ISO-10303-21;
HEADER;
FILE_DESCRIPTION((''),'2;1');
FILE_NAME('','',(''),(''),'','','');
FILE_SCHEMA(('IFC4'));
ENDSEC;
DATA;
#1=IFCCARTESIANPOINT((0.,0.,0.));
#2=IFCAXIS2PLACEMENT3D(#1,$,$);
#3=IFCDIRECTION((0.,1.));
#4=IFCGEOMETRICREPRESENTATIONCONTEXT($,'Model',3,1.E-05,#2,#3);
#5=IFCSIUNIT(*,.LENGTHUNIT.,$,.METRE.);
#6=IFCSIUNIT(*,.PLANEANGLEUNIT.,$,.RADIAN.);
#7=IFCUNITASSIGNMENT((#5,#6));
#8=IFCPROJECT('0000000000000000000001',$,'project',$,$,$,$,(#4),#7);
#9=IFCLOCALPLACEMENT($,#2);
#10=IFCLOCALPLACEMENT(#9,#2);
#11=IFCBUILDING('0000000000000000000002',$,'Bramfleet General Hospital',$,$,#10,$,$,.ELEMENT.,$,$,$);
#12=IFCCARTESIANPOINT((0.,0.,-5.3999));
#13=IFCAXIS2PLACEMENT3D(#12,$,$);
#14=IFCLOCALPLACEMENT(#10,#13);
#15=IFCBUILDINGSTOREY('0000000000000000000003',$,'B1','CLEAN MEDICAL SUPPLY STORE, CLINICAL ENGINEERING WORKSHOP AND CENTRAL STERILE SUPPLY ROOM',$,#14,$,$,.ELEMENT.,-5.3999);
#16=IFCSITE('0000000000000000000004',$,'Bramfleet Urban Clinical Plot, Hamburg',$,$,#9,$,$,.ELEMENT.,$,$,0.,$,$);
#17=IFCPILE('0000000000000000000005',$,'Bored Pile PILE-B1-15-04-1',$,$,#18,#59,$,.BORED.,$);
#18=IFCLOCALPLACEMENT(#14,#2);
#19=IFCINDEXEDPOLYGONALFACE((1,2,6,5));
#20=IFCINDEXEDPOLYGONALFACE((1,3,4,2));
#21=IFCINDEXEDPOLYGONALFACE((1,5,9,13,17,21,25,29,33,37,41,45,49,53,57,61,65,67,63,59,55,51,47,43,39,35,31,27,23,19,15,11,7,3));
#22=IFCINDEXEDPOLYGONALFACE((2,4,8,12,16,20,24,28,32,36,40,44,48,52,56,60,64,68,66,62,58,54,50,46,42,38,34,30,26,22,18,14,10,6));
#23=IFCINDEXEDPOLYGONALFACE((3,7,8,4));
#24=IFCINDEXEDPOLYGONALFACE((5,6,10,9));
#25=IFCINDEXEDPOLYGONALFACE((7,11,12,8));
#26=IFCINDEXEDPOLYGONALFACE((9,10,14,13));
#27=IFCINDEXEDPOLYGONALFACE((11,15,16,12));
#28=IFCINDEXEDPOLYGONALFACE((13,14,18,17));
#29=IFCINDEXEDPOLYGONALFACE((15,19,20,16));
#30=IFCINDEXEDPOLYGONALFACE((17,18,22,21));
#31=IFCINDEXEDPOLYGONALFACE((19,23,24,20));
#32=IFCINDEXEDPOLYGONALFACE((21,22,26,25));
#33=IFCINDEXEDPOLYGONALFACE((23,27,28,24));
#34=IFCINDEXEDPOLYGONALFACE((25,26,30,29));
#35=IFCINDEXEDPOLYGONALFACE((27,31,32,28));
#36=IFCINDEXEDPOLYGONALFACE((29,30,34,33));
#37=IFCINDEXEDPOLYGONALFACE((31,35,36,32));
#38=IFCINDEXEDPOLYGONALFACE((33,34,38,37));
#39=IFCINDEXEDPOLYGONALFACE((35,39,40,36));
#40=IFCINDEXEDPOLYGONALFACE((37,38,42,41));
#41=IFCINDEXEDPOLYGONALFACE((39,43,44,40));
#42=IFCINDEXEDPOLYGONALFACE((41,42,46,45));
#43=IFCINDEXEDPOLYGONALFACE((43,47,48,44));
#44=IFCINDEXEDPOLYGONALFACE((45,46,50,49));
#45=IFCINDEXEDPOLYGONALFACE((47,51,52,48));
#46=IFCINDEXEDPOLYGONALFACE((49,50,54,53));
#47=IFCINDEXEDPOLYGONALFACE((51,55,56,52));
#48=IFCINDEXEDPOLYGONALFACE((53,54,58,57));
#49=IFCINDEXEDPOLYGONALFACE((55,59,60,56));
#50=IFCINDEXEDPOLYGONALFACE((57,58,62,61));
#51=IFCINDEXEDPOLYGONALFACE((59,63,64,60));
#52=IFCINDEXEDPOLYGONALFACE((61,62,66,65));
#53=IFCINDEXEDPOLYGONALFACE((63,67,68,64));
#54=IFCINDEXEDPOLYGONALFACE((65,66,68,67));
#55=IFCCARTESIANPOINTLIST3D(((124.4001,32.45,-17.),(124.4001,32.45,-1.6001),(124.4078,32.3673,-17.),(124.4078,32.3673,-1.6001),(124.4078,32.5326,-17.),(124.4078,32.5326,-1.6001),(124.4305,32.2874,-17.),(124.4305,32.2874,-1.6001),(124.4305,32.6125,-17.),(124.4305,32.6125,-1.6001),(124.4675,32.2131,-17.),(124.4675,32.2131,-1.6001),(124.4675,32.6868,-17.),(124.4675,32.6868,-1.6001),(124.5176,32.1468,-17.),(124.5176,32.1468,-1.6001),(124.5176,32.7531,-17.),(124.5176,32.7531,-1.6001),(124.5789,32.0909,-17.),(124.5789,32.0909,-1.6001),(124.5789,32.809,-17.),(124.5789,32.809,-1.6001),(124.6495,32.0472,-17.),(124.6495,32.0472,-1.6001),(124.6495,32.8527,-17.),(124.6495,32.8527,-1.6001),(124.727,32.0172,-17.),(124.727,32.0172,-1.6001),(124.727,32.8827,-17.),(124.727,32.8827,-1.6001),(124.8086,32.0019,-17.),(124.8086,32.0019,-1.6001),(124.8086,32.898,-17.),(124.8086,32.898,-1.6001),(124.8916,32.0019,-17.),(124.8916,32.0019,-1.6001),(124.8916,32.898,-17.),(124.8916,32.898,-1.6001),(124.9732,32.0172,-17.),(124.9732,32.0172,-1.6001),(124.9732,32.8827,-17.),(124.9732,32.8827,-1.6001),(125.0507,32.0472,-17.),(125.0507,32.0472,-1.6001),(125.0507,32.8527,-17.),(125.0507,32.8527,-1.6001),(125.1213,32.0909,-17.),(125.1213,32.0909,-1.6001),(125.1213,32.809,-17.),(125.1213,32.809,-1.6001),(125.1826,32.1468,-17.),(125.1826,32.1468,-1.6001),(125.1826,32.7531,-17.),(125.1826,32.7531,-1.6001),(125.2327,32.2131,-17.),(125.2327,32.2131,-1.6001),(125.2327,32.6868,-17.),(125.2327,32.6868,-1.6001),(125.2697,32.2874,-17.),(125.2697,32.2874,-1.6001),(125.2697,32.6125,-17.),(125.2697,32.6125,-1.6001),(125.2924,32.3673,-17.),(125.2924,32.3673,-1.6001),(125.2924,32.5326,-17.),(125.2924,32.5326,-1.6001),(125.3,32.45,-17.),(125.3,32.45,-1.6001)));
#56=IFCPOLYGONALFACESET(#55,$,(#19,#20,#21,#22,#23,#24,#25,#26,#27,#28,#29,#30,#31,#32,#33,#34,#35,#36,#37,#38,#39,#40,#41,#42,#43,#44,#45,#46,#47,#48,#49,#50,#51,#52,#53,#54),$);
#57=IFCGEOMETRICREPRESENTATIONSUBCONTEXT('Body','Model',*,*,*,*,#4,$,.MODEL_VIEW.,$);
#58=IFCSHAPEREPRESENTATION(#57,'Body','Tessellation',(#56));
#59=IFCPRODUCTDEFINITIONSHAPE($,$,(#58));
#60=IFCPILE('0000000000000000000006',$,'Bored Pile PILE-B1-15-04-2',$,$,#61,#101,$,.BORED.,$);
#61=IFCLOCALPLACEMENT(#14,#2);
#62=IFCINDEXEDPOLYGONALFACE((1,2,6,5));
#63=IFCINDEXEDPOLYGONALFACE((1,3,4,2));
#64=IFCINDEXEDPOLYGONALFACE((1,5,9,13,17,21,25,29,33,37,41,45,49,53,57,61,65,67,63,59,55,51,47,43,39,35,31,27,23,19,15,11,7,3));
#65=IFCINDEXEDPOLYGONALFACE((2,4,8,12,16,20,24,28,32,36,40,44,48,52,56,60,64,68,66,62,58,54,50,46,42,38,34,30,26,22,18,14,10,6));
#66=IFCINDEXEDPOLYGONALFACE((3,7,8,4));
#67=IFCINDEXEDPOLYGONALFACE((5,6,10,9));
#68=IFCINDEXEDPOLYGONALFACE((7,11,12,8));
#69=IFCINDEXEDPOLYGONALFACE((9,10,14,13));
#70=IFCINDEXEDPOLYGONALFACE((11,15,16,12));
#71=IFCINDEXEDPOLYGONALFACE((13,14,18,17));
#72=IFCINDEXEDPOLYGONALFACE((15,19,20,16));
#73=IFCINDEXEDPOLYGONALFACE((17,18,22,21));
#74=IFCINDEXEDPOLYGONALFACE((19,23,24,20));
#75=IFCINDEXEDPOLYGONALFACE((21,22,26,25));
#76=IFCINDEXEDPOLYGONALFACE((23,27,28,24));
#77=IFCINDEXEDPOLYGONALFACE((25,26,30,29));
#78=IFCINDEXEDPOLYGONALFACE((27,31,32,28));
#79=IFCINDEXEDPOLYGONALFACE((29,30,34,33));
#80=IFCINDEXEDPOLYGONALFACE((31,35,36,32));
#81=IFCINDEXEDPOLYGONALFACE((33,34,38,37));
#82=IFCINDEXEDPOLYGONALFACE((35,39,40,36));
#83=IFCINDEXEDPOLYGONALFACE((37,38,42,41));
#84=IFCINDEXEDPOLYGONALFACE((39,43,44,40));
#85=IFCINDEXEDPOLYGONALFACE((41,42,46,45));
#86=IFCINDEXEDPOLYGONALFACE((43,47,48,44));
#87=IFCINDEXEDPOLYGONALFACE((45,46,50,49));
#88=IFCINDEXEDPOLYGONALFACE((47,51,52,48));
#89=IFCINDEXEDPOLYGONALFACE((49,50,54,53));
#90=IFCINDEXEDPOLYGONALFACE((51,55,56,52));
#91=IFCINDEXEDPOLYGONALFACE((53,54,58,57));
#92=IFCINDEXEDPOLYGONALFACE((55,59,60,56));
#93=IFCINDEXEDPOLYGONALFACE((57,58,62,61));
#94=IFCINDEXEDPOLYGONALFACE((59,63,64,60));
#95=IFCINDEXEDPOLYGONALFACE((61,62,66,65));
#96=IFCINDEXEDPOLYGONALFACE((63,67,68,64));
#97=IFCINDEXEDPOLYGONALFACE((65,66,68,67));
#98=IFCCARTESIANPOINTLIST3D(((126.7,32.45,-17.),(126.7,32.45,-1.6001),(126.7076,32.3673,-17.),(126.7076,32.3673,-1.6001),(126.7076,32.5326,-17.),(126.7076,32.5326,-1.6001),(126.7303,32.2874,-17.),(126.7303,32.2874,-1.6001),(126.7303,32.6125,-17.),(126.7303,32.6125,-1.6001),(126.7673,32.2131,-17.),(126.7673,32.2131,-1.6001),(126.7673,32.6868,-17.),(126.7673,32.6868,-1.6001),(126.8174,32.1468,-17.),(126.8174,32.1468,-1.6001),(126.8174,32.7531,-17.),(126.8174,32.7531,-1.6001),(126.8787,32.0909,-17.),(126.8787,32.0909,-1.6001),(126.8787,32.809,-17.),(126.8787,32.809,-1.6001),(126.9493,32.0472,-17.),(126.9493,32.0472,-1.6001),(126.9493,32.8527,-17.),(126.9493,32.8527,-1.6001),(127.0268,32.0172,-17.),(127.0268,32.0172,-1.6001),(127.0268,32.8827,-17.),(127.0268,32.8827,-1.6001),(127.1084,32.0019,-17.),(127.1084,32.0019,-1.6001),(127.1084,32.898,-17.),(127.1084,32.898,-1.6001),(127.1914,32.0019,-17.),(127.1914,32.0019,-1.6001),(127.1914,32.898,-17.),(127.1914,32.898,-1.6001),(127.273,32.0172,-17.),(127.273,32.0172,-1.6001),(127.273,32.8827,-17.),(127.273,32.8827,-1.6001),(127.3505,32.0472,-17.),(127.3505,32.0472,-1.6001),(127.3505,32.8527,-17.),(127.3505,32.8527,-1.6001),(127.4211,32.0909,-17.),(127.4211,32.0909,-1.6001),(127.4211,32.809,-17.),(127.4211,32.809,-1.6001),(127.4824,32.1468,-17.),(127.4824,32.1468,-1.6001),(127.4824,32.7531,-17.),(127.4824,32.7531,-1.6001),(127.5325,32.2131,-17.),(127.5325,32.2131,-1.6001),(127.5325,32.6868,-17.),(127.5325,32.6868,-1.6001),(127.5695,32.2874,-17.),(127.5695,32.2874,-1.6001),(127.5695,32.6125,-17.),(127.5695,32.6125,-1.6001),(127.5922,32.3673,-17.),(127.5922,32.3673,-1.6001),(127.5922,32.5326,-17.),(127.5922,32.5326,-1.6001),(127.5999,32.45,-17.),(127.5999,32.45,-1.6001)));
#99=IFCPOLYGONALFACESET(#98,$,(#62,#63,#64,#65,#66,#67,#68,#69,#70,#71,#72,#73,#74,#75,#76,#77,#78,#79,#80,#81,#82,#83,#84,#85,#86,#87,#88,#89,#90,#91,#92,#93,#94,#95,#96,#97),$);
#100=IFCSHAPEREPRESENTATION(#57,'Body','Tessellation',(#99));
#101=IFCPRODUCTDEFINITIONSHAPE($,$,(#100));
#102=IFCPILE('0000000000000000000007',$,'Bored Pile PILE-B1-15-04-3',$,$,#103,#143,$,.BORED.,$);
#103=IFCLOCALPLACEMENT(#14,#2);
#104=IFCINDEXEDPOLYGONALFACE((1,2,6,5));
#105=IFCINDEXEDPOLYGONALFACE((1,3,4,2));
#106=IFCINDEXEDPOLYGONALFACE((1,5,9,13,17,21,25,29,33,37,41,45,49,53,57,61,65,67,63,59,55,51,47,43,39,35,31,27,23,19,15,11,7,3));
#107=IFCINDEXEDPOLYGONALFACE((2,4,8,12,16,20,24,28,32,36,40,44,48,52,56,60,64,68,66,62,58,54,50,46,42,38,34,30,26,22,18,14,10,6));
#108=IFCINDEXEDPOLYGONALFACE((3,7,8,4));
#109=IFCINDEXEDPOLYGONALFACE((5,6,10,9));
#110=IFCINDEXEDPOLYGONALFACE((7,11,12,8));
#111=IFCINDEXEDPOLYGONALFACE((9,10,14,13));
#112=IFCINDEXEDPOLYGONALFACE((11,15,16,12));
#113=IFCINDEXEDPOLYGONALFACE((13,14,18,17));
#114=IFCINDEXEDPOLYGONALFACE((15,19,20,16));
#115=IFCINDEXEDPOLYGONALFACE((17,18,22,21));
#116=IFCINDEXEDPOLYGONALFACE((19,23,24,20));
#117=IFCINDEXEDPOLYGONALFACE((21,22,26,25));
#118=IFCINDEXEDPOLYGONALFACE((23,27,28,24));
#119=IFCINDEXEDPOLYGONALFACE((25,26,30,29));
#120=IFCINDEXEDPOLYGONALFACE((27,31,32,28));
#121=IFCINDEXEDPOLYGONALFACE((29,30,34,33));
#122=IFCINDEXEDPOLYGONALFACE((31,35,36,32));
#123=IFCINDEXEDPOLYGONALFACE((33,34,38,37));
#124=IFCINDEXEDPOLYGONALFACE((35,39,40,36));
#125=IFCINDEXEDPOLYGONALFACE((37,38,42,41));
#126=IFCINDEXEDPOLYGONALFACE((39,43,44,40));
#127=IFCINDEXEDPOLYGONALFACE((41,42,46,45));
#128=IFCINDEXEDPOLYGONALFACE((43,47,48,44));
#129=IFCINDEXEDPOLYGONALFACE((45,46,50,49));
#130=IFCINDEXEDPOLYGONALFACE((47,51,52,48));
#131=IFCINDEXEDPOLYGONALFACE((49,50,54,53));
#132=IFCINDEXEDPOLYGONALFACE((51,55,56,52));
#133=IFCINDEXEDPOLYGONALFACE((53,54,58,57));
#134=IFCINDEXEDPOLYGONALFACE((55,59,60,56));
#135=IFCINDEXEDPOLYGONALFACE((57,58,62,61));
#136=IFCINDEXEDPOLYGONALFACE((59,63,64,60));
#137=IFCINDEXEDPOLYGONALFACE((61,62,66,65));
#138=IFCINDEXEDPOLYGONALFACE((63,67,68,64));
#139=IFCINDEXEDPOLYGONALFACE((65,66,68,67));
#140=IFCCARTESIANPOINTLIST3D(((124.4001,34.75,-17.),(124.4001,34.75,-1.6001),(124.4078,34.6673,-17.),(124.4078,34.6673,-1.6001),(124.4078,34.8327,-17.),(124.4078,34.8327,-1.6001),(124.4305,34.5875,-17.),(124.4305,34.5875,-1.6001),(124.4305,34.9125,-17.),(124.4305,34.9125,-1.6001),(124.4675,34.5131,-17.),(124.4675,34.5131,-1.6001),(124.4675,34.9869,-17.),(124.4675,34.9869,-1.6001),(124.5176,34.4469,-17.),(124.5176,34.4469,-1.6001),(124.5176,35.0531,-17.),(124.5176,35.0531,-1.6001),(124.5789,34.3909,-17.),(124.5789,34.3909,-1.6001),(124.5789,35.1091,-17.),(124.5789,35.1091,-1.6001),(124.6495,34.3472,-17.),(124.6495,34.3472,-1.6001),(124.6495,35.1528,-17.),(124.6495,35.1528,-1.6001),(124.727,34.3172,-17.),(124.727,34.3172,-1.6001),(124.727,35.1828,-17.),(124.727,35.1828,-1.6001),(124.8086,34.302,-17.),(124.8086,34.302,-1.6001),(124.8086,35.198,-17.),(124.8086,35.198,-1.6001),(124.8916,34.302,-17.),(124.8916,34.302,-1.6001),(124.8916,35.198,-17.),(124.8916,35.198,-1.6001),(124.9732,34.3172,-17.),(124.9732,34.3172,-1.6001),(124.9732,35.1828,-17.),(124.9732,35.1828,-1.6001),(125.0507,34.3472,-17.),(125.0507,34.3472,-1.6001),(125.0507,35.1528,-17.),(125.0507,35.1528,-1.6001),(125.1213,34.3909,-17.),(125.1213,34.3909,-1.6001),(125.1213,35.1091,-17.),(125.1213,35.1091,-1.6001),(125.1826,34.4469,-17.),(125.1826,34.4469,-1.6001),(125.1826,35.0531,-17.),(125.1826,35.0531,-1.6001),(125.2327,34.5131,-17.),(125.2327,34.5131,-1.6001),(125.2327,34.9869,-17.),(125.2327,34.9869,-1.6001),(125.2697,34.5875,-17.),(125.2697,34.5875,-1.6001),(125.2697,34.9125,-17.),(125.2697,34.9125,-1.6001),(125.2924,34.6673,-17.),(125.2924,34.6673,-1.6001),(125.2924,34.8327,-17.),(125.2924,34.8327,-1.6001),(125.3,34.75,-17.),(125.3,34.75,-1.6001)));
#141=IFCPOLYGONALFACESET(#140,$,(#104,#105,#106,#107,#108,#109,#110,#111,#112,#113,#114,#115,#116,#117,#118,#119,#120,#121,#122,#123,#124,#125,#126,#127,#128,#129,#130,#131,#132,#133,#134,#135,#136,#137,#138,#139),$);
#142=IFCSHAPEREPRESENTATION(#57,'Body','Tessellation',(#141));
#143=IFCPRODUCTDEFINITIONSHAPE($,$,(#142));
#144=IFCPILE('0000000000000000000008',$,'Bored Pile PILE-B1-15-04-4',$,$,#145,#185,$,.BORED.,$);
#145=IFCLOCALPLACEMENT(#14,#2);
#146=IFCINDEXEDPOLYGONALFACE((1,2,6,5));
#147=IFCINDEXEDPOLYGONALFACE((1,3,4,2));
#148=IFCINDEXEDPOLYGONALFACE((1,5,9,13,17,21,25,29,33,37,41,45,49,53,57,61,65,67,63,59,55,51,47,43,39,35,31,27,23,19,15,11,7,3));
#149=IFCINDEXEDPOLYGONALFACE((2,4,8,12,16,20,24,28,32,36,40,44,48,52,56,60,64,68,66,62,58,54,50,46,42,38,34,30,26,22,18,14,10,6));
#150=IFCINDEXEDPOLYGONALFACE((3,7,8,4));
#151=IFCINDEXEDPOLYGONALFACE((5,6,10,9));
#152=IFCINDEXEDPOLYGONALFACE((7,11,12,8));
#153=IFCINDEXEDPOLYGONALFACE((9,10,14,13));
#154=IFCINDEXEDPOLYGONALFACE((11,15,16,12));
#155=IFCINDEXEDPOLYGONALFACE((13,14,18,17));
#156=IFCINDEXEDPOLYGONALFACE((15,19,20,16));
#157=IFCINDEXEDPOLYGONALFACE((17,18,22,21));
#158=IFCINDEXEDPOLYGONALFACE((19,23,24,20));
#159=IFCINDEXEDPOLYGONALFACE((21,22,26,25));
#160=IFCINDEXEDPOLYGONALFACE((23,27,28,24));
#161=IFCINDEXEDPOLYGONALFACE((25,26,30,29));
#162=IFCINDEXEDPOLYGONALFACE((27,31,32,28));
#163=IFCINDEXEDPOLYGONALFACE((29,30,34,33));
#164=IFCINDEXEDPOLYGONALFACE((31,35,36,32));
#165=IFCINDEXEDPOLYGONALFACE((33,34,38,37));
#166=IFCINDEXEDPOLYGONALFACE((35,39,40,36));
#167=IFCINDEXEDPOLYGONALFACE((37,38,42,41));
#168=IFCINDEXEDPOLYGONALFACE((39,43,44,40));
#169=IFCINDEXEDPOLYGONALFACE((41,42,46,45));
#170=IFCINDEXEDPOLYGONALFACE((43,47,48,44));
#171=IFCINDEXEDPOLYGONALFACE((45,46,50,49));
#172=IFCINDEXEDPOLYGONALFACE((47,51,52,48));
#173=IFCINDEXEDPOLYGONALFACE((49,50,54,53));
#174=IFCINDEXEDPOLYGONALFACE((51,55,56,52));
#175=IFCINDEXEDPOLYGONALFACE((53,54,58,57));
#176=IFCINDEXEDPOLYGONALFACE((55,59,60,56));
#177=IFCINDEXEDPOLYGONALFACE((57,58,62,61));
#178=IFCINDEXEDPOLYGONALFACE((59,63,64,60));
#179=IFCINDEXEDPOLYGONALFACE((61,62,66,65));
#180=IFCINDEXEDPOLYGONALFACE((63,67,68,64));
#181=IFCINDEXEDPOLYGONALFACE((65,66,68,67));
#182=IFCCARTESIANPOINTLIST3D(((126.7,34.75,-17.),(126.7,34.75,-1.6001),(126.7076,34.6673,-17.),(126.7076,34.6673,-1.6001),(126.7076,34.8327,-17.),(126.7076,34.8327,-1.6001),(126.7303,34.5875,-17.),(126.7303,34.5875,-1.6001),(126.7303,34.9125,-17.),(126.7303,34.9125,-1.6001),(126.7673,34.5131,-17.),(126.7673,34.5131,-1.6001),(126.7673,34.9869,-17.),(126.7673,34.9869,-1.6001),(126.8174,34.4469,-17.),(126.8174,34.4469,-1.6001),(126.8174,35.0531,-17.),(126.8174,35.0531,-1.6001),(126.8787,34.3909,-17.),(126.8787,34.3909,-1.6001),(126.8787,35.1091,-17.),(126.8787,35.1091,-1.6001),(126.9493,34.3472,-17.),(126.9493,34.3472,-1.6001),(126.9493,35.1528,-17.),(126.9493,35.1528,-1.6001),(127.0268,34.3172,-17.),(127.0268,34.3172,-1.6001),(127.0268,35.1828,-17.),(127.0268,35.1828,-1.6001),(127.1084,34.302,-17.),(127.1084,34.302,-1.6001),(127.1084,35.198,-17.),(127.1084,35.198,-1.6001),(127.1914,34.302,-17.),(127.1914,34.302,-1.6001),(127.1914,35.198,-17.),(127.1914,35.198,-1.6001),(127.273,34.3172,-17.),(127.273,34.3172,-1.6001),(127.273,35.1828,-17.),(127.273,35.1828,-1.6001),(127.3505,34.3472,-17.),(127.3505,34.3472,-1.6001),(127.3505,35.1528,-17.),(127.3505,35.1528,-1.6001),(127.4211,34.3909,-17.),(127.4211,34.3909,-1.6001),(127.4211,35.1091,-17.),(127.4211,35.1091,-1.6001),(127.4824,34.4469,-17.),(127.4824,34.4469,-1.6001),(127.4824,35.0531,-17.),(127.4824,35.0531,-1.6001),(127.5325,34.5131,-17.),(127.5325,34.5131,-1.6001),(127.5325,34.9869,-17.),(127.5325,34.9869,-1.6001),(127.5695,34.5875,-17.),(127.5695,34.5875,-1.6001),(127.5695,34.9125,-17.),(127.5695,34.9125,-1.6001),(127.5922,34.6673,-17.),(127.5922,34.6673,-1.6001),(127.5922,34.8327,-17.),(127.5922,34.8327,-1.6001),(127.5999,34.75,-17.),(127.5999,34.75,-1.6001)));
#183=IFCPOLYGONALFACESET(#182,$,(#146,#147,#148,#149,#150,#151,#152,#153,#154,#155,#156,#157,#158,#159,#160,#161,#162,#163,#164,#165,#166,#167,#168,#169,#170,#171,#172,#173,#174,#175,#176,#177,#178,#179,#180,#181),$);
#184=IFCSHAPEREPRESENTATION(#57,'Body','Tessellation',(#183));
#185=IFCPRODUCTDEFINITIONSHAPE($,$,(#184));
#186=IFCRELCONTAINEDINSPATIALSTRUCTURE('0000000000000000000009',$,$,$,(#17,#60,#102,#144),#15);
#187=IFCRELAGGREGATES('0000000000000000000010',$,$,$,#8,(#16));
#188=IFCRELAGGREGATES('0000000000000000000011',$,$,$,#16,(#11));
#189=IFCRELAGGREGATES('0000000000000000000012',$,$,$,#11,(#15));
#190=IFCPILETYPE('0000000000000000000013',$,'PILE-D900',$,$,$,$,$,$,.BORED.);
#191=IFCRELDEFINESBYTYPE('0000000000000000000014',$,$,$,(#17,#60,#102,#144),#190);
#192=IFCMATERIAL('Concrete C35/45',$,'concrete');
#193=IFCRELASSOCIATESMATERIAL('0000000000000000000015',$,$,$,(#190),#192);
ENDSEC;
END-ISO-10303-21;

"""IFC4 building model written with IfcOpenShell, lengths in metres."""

from ifc_helpers import new_model, si_unit, direction, frame, origin, origin_2d, place, context, subcontext, project, spatial, circle, extrude, material, material_profile, profile_set, type_object, element, save


model = new_model("IFC4")

# Units and contexts
model_context = context("Model", 3, precision=1e-05, world=origin(), true_north=direction((0.0, 1.0)))
body_context = subcontext(model_context, "Body", "Model", "MODEL_VIEW")
ifc_project = project(units=[si_unit("LENGTHUNIT", "METRE"), si_unit("PLANEANGLEUNIT", "RADIAN")], contexts=[model_context])

# Site, building, storey
site_placement = place(None, origin())
site = spatial("IfcSite", under=ifc_project, at=site_placement, Name="Bramfleet Urban Clinical Plot, Hamburg", CompositionType="ELEMENT", RefElevation=0.0)
building_placement = place(site_placement, origin())
building = spatial("IfcBuilding", under=site, at=building_placement, Name="Bramfleet General Hospital", CompositionType="ELEMENT")
storey_placement = place(building_placement, frame((0.0, 0.0, -5.3999)))
storey = spatial("IfcBuildingStorey", under=building, at=storey_placement, Name="B1", Description="CLEAN MEDICAL SUPPLY STORE, CLINICAL ENGINEERING WORKSHOP AND CENTRAL STERILE SUPPLY ROOM", CompositionType="ELEMENT", Elevation=-5.3999)

# Shared definitions
ifc_material_1 = material(Name="Concrete C35/45", Category="concrete")

# Piles
ifc_material_profile_1 = material_profile(ifc_material_1, circle(Radius=0.45, at=origin_2d()), Name="PILE BORED D900")
ifc_profile_set_1 = profile_set([ifc_material_profile_1], Name="Concrete C35/45")
pile_type = type_object("IfcPileType", Name="PILE-D900", PredefinedType="BORED", material=ifc_profile_set_1)
for number, where, z_axis, x_axis, name in (
    (1, (124.8501, 32.45, -1.6001), (0.0, 0.0, -1.0), (1.0, 0.0, 0.0), "Bored Pile PILE-B1-15-04-1"),
    (2, (127.1499, 32.45, -1.6001), (0.0, 0.0, -1.0), (1.0, 0.0, 0.0), "Bored Pile PILE-B1-15-04-2"),
    (3, (124.8501, 34.75, -1.6001), (0.0, 0.0, -1.0), (1.0, 0.0, 0.0), "Bored Pile PILE-B1-15-04-3"),
    (4, (127.1499, 34.75, -1.6001), (0.0, 0.0, -1.0), (1.0, 0.0, 0.0), "Bored Pile PILE-B1-15-04-4"),
):
    element("IfcPile", number, at=place(storey_placement, frame(where, z_axis=z_axis, x_axis=x_axis)), inside=storey, type_object=pile_type, Name=name, PredefinedType="BORED", context=body_context, shape_type="SweptSolid", body=[
        extrude(circle(Radius=0.45, at=origin_2d()), origin(), (0.0, 0.0, 1.0), 15.3999),
    ])

save(model, "model.ifc")
